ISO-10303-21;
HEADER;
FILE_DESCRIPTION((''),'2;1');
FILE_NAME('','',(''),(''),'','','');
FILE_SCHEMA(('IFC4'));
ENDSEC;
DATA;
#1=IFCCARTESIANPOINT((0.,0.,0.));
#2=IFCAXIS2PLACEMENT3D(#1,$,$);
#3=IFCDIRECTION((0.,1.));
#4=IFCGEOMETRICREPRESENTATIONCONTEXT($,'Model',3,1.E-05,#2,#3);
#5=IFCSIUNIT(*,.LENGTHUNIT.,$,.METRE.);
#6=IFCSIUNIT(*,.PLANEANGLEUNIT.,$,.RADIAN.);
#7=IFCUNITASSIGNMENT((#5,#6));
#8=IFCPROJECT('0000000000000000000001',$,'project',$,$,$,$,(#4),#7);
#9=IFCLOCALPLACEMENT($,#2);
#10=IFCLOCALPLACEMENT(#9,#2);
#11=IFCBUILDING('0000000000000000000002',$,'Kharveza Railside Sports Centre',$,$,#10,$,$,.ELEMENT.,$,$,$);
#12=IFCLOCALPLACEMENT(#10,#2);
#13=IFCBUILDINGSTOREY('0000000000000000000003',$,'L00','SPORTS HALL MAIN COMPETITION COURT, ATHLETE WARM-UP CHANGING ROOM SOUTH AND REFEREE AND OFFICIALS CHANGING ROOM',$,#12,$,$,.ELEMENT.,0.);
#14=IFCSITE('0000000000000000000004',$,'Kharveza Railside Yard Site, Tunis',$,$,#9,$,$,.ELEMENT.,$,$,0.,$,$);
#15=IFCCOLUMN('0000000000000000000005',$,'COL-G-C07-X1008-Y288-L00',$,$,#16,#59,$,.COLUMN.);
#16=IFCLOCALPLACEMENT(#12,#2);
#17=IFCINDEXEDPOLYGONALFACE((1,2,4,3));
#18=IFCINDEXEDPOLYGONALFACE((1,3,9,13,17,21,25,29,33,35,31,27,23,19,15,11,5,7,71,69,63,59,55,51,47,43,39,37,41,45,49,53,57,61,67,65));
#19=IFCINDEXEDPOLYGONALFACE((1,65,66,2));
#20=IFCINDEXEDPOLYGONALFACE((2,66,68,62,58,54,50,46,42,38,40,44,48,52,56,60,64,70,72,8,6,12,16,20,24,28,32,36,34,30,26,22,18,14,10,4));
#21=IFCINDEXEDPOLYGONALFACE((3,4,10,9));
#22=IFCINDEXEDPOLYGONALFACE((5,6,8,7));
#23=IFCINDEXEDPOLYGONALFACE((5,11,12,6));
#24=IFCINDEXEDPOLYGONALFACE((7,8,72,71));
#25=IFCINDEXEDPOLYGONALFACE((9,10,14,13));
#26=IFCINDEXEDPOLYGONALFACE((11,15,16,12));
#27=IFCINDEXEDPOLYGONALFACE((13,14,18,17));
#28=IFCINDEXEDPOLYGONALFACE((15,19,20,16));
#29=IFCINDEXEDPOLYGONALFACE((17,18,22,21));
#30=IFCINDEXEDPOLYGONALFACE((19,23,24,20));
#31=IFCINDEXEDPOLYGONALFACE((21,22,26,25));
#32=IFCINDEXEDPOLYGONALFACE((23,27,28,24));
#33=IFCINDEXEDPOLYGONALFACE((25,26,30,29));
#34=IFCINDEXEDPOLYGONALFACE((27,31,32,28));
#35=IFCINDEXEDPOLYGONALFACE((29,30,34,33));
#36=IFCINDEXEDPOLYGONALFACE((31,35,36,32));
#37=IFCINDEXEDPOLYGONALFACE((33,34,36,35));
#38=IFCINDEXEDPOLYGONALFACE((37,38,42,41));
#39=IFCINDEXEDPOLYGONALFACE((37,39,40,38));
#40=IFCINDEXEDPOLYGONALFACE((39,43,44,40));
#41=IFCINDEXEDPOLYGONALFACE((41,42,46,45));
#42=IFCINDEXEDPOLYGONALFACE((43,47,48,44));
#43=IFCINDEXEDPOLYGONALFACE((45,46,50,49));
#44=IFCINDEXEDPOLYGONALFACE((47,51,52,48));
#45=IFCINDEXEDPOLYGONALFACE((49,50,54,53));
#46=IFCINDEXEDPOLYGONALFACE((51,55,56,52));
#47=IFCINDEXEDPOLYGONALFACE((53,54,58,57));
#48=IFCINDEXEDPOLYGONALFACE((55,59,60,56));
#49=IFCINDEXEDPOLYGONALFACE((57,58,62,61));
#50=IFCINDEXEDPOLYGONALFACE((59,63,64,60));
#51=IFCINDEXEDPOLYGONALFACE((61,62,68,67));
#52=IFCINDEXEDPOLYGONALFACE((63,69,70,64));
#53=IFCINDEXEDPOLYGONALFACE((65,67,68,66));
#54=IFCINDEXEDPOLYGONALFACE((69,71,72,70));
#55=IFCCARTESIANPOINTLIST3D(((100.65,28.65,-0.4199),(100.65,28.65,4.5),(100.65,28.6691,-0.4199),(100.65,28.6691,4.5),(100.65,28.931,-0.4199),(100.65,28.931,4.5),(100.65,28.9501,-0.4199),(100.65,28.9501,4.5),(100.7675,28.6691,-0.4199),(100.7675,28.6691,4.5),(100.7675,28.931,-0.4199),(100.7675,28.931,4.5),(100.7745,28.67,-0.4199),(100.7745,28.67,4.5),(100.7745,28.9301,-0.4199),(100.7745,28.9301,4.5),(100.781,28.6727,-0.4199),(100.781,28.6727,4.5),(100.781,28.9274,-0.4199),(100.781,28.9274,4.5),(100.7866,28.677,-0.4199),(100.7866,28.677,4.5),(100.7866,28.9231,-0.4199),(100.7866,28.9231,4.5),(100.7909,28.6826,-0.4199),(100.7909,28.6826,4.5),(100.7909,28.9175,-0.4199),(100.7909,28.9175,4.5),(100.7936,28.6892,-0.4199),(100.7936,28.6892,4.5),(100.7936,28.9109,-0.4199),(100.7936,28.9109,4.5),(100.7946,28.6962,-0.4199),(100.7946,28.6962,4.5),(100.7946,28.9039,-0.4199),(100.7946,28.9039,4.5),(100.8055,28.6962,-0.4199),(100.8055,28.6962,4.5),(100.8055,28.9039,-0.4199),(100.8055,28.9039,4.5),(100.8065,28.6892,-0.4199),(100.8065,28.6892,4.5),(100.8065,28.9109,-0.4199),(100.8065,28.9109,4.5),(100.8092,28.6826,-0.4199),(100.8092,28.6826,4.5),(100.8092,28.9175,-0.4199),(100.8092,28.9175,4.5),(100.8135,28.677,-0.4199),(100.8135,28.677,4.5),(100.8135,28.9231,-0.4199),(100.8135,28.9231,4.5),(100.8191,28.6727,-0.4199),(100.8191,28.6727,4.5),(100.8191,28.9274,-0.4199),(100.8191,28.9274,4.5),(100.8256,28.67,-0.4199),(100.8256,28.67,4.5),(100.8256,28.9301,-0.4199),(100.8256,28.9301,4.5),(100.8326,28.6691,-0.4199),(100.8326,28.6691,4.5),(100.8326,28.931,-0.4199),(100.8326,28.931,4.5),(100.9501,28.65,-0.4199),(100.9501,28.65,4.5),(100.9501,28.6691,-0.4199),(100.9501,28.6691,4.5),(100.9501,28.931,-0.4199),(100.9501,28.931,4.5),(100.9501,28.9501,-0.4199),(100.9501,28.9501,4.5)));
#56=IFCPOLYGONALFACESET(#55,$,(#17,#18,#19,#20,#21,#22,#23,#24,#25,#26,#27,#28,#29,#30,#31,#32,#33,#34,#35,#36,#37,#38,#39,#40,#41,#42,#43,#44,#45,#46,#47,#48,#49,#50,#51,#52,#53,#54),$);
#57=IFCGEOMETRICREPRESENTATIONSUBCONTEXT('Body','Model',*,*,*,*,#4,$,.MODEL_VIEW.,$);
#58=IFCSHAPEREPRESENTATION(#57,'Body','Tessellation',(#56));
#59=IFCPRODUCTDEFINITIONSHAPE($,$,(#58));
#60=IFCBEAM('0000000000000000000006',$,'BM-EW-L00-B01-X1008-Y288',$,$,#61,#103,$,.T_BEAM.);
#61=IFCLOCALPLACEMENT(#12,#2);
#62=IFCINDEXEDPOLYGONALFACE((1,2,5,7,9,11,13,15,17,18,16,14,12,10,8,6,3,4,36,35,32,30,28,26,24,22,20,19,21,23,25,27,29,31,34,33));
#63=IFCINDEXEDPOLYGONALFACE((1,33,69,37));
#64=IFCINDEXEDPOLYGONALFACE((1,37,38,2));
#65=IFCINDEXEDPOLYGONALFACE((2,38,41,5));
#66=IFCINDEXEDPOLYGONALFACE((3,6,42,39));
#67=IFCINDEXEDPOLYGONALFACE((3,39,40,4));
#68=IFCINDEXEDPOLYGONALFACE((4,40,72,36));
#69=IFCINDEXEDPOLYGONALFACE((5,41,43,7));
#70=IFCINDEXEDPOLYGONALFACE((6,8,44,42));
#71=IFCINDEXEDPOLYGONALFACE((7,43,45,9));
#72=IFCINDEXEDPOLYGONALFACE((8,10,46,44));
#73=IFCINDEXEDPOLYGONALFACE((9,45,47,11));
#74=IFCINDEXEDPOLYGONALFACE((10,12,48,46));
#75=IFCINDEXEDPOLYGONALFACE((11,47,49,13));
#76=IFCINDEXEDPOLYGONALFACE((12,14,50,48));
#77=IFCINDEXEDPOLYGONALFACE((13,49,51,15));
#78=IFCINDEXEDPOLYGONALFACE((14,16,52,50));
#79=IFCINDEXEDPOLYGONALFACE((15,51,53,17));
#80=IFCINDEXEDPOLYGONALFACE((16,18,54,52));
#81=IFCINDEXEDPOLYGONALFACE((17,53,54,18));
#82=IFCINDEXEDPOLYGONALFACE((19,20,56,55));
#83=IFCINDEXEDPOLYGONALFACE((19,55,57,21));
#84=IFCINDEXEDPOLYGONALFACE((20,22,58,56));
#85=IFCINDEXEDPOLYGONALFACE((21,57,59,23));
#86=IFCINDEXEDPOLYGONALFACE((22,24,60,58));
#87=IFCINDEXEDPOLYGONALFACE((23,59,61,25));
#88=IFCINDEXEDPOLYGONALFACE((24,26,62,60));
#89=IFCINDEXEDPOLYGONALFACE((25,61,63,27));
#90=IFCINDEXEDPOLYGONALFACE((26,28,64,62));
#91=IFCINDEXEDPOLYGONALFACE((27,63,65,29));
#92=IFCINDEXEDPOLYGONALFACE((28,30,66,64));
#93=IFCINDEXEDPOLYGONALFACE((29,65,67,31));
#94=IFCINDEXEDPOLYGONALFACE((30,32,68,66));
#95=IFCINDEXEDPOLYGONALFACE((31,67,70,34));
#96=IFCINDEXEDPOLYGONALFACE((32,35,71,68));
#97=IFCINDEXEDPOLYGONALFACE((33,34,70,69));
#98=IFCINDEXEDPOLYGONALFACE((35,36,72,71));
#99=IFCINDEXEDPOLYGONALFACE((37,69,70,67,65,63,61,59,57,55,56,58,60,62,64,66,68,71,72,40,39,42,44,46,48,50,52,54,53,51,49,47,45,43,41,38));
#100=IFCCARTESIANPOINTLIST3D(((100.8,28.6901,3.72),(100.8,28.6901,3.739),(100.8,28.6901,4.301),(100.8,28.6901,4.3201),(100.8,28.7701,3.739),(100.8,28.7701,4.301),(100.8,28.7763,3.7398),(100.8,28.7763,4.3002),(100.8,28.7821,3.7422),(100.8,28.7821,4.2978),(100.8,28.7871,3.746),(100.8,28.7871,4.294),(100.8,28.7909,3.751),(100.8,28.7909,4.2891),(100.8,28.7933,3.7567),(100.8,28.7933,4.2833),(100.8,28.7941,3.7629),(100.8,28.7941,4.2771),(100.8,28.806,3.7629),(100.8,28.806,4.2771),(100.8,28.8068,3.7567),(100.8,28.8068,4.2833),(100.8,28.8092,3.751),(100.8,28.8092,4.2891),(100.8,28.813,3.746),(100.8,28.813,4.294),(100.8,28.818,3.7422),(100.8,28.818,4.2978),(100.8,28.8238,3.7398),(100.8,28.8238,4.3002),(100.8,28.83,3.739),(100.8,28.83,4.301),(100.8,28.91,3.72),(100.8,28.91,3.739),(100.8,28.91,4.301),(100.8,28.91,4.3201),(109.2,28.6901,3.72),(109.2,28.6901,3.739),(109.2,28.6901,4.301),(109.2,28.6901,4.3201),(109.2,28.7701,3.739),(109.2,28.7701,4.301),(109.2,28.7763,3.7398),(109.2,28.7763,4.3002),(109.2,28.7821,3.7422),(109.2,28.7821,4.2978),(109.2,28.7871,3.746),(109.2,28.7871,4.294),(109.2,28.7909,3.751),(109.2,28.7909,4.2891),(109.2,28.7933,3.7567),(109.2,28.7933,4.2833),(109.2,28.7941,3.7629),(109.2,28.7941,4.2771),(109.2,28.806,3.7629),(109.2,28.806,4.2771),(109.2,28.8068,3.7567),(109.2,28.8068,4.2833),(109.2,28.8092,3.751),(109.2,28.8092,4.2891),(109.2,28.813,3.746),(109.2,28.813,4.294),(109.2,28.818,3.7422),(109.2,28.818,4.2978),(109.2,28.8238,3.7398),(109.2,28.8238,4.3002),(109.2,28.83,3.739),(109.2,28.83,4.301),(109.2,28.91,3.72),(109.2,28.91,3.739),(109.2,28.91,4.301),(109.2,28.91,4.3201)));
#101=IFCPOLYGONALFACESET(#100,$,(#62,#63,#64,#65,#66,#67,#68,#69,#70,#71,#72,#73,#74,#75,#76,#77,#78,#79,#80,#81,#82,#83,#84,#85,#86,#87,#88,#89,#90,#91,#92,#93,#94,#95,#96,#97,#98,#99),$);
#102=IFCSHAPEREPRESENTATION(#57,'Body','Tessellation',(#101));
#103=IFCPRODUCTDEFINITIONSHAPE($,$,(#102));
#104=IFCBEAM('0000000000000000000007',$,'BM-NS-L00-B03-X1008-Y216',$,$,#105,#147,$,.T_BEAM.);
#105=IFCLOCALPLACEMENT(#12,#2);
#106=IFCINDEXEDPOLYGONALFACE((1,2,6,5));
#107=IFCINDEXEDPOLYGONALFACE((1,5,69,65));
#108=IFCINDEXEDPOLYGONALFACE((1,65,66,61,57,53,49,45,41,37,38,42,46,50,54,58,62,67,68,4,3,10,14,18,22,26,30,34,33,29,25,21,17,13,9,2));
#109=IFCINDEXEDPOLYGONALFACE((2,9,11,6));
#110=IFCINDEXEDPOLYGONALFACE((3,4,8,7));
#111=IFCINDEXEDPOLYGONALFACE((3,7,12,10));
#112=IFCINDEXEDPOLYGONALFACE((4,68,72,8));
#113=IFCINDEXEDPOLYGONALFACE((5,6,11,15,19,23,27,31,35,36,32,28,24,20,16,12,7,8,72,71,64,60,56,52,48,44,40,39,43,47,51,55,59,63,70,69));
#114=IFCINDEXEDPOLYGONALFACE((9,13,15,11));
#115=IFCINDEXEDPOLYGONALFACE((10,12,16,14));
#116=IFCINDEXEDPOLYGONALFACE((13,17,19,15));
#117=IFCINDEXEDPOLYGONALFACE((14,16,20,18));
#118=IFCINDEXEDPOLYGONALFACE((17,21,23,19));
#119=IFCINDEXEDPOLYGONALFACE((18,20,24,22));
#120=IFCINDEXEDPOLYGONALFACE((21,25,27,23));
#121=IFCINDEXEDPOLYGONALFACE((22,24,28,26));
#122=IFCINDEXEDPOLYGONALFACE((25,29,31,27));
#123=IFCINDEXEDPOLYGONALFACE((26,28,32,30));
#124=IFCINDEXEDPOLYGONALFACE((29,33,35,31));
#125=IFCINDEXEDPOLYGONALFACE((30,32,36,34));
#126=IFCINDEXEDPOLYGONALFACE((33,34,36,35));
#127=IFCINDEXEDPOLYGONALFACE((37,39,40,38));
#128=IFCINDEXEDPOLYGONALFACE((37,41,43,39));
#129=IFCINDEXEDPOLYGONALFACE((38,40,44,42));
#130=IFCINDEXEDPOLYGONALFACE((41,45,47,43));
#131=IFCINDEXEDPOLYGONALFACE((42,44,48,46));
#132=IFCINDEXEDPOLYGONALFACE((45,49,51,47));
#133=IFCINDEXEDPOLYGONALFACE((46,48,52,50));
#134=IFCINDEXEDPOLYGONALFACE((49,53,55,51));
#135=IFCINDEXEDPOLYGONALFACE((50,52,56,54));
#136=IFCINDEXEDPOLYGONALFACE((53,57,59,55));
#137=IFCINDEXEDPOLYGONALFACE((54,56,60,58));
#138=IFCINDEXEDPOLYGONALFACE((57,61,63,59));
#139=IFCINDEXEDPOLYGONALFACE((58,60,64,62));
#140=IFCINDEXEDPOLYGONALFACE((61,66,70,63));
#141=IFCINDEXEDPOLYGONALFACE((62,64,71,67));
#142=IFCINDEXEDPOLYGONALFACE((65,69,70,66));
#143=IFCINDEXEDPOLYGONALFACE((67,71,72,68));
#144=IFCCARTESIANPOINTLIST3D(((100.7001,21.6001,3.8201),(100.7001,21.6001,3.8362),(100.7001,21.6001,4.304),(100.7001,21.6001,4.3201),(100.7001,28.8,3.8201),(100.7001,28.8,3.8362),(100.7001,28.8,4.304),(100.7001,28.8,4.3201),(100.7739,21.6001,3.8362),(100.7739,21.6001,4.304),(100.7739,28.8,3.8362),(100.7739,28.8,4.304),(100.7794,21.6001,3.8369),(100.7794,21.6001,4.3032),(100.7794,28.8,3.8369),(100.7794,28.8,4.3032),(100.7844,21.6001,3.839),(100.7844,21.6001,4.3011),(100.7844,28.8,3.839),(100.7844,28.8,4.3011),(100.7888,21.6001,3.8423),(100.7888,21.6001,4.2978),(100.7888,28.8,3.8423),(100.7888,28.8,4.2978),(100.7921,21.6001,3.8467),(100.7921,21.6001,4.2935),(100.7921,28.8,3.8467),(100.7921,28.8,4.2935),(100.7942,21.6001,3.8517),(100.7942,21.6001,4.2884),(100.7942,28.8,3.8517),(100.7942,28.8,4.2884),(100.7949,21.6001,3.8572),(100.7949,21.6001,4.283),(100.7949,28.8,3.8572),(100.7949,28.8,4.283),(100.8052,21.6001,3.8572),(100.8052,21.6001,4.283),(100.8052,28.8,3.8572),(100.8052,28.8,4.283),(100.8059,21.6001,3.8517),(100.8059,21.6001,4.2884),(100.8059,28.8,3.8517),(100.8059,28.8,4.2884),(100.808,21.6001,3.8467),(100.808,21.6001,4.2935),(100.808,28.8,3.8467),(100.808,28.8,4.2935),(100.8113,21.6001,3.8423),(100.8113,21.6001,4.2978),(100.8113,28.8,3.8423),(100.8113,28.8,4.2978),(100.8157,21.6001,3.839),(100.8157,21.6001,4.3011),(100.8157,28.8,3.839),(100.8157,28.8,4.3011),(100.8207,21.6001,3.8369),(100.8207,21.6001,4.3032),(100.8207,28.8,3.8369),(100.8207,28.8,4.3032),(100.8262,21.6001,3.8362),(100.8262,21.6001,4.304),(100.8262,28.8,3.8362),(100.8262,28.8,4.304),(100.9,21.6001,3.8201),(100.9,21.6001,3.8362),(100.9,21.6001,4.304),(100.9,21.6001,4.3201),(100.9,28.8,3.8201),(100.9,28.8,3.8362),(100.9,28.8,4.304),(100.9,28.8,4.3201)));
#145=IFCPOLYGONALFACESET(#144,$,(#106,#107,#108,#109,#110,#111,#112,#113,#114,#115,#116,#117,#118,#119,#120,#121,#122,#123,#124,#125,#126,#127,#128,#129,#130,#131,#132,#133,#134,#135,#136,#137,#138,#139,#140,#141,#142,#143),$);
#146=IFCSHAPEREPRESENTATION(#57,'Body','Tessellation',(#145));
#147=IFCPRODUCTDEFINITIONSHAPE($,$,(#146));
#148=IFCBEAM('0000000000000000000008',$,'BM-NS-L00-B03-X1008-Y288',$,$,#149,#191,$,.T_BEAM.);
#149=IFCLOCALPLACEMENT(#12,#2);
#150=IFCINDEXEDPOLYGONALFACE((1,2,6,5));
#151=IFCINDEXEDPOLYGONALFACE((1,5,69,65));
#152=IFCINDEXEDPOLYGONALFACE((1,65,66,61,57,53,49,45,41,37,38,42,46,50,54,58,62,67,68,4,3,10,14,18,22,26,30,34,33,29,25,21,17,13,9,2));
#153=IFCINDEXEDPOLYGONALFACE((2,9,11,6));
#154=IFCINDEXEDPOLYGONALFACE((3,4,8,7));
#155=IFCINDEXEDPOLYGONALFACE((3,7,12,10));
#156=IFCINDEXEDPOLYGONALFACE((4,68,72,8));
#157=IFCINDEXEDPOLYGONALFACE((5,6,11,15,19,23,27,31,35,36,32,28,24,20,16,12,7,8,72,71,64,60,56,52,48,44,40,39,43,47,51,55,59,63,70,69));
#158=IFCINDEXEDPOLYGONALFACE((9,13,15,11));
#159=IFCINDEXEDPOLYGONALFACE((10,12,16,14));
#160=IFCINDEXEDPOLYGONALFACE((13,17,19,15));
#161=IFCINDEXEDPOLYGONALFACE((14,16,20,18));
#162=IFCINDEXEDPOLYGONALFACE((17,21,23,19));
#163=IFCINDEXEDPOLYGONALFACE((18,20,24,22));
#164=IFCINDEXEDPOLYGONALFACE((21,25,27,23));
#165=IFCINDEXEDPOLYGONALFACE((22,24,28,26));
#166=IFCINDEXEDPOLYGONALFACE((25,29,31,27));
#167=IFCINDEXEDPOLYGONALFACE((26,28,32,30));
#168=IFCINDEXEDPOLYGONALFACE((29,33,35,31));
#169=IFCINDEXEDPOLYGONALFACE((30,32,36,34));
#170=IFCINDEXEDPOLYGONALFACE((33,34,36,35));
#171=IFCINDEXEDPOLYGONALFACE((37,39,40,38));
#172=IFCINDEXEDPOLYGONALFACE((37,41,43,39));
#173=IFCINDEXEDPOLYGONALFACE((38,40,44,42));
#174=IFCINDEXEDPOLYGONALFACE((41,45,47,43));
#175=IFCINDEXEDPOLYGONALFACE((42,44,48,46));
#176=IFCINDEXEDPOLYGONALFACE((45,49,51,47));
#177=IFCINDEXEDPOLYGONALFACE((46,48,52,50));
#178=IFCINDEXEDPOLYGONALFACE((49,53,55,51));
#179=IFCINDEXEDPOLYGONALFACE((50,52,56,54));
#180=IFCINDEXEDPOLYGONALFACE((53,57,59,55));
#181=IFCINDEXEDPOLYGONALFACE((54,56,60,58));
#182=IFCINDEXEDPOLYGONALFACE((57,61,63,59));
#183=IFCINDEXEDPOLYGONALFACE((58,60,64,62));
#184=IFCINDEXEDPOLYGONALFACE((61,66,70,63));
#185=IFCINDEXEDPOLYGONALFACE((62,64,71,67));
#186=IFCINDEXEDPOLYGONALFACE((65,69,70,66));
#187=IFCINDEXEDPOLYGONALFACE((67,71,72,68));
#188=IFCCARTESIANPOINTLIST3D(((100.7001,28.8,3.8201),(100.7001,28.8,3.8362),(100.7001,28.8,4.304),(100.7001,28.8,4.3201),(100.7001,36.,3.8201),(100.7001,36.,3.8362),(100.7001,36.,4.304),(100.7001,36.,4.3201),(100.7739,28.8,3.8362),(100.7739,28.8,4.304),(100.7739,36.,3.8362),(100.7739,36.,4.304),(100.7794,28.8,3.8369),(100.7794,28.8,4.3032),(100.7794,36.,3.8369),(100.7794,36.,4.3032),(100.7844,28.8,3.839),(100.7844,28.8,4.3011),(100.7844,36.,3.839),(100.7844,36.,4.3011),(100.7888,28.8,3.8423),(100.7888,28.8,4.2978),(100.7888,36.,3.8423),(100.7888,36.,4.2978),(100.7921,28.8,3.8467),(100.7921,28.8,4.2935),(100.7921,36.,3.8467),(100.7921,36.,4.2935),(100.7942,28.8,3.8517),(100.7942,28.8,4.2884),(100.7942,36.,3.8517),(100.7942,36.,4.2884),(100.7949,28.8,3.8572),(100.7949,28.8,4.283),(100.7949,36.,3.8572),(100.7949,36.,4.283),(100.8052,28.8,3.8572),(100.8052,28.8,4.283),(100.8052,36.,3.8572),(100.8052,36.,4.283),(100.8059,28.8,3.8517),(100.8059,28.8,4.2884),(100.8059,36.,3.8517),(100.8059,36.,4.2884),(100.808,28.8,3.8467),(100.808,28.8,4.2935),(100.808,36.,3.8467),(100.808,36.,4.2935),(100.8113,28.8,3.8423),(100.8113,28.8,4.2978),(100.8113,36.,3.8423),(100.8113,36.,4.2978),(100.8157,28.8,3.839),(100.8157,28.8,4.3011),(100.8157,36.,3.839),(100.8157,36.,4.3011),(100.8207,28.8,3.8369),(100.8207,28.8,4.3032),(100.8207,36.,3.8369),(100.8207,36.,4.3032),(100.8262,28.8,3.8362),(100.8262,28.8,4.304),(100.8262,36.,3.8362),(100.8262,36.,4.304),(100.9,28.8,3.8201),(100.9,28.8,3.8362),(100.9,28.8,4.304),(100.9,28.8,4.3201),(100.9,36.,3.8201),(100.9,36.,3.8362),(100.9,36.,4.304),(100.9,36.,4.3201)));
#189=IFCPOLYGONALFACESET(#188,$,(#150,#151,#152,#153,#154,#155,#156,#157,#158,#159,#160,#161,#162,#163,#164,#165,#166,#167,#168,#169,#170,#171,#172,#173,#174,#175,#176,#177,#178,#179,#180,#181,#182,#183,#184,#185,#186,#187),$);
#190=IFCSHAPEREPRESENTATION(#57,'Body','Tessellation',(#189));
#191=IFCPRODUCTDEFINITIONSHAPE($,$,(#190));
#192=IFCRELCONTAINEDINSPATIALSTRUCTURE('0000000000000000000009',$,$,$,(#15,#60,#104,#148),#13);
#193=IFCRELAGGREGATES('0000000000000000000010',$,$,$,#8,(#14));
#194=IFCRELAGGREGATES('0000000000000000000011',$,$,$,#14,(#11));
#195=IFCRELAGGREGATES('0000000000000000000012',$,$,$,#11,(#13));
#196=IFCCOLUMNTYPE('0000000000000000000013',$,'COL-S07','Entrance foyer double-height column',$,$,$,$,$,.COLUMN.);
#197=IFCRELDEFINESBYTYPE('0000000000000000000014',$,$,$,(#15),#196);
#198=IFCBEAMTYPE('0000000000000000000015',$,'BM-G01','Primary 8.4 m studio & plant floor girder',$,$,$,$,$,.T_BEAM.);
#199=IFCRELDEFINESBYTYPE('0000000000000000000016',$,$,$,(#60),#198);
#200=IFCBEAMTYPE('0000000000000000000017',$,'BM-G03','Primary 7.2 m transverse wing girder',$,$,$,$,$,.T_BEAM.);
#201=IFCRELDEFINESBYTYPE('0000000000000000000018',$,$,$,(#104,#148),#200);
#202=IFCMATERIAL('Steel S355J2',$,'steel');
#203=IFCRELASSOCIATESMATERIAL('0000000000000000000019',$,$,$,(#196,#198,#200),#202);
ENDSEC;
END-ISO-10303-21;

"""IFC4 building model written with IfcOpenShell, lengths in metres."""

from ifc_helpers import new_model, si_unit, direction, frame, origin, origin_2d, place, context, subcontext, project, spatial, i_section, extrude, material, material_profile, profile_set, type_object, element, save


model = new_model("IFC4")

# Units and contexts
model_context = context("Model", 3, precision=1e-05, world=origin(), true_north=direction((0.0, 1.0)))
body_context = subcontext(model_context, "Body", "Model", "MODEL_VIEW")
ifc_project = project(units=[si_unit("LENGTHUNIT", "METRE"), si_unit("PLANEANGLEUNIT", "RADIAN")], contexts=[model_context])

# Site, building, storey
site_placement = place(None, origin())
site = spatial("IfcSite", under=ifc_project, at=site_placement, Name="Kharveza Railside Yard Site, Tunis", CompositionType="ELEMENT", RefElevation=0.0)
building_placement = place(site_placement, origin())
building = spatial("IfcBuilding", under=site, at=building_placement, Name="Kharveza Railside Sports Centre", CompositionType="ELEMENT")
storey_placement = place(building_placement, origin())
storey = spatial("IfcBuildingStorey", under=building, at=storey_placement, Name="L00", Description="SPORTS HALL MAIN COMPETITION COURT, ATHLETE WARM-UP CHANGING ROOM SOUTH AND REFEREE AND OFFICIALS CHANGING ROOM", CompositionType="ELEMENT", Elevation=0.0)

# Column
ifc_material_1 = material(Name="Steel S355J2", Category="steel")
ifc_material_profile_1 = material_profile(ifc_material_1, i_section(OverallWidth=0.3, OverallDepth=0.3, WebThickness=0.011, FlangeThickness=0.019, FilletRadius=0.0271, at=origin_2d()), Name="HEB 300")
ifc_profile_set_1 = profile_set([ifc_material_profile_1], Name="Steel S355J2")
column_type = type_object("IfcColumnType", Name="COL-S07", Description="Entrance foyer double-height column", PredefinedType="COLUMN", material=ifc_profile_set_1)
for number, where, z_axis, x_axis, name in (
    (1, (100.8, 28.8, -0.4199), (0.0, 0.0, 1.0), (1.0, 0.0, 0.0), "COL-G-C07-X1008-Y288-L00"),
):
    element("IfcColumn", number, at=place(storey_placement, frame(where, z_axis=z_axis, x_axis=x_axis)), inside=storey, type_object=column_type, Name=name, PredefinedType="COLUMN", context=body_context, shape_type="SweptSolid", body=[
        extrude(i_section(OverallWidth=0.3, OverallDepth=0.3, WebThickness=0.011, FlangeThickness=0.019, FilletRadius=0.0271, at=origin_2d()), origin(), (0.0, 0.0, 1.0), 4.9199),
    ])

# Beams
ifc_material_profile_2 = material_profile(ifc_material_1, i_section(OverallWidth=0.22, OverallDepth=0.6001, WebThickness=0.012, FlangeThickness=0.019, FilletRadius=0.0239, at=origin_2d()), Name="IPE 600")
ifc_profile_set_2 = profile_set([ifc_material_profile_2], Name="Steel S355J2")
beam_type_1 = type_object("IfcBeamType", Name="BM-G01", Description="Primary 8.4 m studio & plant floor girder", PredefinedType="T_BEAM", material=ifc_profile_set_2)
beam_1_placement = place(storey_placement, frame((100.8, 28.8, 4.02), z_axis=(1.0, 0.0, 0.0), x_axis=(0.0, 1.0, 0.0)))
element("IfcBeam", 2, at=beam_1_placement, inside=storey, type_object=beam_type_1, Name="BM-EW-L00-B01-X1008-Y288", PredefinedType="T_BEAM", context=body_context, shape_type="SweptSolid", body=[
    extrude(i_section(OverallWidth=0.22, OverallDepth=0.6001, WebThickness=0.012, FlangeThickness=0.019, FilletRadius=0.0239, at=origin_2d()), origin(), (0.0, 0.0, 1.0), 8.3999),
])
ifc_material_profile_3 = material_profile(ifc_material_1, i_section(OverallWidth=0.2, OverallDepth=0.5, WebThickness=0.0103, FlangeThickness=0.0161, FilletRadius=0.021, at=origin_2d()), Name="IPE 500")
ifc_profile_set_3 = profile_set([ifc_material_profile_3], Name="Steel S355J2")
beam_type_2 = type_object("IfcBeamType", Name="BM-G03", Description="Primary 7.2 m transverse wing girder", PredefinedType="T_BEAM", material=ifc_profile_set_3)
for number, where, z_axis, x_axis, name in (
    (3, (100.8, 21.6001, 4.0701), (0.0, 1.0, 0.0), (-1.0, 0.0, 0.0), "BM-NS-L00-B03-X1008-Y216"),
    (4, (100.8, 28.8, 4.0701), (0.0, 1.0, 0.0), (-1.0, 0.0, 0.0), "BM-NS-L00-B03-X1008-Y288"),
):
    element("IfcBeam", number, at=place(storey_placement, frame(where, z_axis=z_axis, x_axis=x_axis)), inside=storey, type_object=beam_type_2, Name=name, PredefinedType="T_BEAM", context=body_context, shape_type="SweptSolid", body=[
        extrude(i_section(OverallWidth=0.2, OverallDepth=0.5, WebThickness=0.0103, FlangeThickness=0.0161, FilletRadius=0.021, at=origin_2d()), origin(), (0.0, 0.0, 1.0), 7.2),
    ])

save(model, "model.ifc")
